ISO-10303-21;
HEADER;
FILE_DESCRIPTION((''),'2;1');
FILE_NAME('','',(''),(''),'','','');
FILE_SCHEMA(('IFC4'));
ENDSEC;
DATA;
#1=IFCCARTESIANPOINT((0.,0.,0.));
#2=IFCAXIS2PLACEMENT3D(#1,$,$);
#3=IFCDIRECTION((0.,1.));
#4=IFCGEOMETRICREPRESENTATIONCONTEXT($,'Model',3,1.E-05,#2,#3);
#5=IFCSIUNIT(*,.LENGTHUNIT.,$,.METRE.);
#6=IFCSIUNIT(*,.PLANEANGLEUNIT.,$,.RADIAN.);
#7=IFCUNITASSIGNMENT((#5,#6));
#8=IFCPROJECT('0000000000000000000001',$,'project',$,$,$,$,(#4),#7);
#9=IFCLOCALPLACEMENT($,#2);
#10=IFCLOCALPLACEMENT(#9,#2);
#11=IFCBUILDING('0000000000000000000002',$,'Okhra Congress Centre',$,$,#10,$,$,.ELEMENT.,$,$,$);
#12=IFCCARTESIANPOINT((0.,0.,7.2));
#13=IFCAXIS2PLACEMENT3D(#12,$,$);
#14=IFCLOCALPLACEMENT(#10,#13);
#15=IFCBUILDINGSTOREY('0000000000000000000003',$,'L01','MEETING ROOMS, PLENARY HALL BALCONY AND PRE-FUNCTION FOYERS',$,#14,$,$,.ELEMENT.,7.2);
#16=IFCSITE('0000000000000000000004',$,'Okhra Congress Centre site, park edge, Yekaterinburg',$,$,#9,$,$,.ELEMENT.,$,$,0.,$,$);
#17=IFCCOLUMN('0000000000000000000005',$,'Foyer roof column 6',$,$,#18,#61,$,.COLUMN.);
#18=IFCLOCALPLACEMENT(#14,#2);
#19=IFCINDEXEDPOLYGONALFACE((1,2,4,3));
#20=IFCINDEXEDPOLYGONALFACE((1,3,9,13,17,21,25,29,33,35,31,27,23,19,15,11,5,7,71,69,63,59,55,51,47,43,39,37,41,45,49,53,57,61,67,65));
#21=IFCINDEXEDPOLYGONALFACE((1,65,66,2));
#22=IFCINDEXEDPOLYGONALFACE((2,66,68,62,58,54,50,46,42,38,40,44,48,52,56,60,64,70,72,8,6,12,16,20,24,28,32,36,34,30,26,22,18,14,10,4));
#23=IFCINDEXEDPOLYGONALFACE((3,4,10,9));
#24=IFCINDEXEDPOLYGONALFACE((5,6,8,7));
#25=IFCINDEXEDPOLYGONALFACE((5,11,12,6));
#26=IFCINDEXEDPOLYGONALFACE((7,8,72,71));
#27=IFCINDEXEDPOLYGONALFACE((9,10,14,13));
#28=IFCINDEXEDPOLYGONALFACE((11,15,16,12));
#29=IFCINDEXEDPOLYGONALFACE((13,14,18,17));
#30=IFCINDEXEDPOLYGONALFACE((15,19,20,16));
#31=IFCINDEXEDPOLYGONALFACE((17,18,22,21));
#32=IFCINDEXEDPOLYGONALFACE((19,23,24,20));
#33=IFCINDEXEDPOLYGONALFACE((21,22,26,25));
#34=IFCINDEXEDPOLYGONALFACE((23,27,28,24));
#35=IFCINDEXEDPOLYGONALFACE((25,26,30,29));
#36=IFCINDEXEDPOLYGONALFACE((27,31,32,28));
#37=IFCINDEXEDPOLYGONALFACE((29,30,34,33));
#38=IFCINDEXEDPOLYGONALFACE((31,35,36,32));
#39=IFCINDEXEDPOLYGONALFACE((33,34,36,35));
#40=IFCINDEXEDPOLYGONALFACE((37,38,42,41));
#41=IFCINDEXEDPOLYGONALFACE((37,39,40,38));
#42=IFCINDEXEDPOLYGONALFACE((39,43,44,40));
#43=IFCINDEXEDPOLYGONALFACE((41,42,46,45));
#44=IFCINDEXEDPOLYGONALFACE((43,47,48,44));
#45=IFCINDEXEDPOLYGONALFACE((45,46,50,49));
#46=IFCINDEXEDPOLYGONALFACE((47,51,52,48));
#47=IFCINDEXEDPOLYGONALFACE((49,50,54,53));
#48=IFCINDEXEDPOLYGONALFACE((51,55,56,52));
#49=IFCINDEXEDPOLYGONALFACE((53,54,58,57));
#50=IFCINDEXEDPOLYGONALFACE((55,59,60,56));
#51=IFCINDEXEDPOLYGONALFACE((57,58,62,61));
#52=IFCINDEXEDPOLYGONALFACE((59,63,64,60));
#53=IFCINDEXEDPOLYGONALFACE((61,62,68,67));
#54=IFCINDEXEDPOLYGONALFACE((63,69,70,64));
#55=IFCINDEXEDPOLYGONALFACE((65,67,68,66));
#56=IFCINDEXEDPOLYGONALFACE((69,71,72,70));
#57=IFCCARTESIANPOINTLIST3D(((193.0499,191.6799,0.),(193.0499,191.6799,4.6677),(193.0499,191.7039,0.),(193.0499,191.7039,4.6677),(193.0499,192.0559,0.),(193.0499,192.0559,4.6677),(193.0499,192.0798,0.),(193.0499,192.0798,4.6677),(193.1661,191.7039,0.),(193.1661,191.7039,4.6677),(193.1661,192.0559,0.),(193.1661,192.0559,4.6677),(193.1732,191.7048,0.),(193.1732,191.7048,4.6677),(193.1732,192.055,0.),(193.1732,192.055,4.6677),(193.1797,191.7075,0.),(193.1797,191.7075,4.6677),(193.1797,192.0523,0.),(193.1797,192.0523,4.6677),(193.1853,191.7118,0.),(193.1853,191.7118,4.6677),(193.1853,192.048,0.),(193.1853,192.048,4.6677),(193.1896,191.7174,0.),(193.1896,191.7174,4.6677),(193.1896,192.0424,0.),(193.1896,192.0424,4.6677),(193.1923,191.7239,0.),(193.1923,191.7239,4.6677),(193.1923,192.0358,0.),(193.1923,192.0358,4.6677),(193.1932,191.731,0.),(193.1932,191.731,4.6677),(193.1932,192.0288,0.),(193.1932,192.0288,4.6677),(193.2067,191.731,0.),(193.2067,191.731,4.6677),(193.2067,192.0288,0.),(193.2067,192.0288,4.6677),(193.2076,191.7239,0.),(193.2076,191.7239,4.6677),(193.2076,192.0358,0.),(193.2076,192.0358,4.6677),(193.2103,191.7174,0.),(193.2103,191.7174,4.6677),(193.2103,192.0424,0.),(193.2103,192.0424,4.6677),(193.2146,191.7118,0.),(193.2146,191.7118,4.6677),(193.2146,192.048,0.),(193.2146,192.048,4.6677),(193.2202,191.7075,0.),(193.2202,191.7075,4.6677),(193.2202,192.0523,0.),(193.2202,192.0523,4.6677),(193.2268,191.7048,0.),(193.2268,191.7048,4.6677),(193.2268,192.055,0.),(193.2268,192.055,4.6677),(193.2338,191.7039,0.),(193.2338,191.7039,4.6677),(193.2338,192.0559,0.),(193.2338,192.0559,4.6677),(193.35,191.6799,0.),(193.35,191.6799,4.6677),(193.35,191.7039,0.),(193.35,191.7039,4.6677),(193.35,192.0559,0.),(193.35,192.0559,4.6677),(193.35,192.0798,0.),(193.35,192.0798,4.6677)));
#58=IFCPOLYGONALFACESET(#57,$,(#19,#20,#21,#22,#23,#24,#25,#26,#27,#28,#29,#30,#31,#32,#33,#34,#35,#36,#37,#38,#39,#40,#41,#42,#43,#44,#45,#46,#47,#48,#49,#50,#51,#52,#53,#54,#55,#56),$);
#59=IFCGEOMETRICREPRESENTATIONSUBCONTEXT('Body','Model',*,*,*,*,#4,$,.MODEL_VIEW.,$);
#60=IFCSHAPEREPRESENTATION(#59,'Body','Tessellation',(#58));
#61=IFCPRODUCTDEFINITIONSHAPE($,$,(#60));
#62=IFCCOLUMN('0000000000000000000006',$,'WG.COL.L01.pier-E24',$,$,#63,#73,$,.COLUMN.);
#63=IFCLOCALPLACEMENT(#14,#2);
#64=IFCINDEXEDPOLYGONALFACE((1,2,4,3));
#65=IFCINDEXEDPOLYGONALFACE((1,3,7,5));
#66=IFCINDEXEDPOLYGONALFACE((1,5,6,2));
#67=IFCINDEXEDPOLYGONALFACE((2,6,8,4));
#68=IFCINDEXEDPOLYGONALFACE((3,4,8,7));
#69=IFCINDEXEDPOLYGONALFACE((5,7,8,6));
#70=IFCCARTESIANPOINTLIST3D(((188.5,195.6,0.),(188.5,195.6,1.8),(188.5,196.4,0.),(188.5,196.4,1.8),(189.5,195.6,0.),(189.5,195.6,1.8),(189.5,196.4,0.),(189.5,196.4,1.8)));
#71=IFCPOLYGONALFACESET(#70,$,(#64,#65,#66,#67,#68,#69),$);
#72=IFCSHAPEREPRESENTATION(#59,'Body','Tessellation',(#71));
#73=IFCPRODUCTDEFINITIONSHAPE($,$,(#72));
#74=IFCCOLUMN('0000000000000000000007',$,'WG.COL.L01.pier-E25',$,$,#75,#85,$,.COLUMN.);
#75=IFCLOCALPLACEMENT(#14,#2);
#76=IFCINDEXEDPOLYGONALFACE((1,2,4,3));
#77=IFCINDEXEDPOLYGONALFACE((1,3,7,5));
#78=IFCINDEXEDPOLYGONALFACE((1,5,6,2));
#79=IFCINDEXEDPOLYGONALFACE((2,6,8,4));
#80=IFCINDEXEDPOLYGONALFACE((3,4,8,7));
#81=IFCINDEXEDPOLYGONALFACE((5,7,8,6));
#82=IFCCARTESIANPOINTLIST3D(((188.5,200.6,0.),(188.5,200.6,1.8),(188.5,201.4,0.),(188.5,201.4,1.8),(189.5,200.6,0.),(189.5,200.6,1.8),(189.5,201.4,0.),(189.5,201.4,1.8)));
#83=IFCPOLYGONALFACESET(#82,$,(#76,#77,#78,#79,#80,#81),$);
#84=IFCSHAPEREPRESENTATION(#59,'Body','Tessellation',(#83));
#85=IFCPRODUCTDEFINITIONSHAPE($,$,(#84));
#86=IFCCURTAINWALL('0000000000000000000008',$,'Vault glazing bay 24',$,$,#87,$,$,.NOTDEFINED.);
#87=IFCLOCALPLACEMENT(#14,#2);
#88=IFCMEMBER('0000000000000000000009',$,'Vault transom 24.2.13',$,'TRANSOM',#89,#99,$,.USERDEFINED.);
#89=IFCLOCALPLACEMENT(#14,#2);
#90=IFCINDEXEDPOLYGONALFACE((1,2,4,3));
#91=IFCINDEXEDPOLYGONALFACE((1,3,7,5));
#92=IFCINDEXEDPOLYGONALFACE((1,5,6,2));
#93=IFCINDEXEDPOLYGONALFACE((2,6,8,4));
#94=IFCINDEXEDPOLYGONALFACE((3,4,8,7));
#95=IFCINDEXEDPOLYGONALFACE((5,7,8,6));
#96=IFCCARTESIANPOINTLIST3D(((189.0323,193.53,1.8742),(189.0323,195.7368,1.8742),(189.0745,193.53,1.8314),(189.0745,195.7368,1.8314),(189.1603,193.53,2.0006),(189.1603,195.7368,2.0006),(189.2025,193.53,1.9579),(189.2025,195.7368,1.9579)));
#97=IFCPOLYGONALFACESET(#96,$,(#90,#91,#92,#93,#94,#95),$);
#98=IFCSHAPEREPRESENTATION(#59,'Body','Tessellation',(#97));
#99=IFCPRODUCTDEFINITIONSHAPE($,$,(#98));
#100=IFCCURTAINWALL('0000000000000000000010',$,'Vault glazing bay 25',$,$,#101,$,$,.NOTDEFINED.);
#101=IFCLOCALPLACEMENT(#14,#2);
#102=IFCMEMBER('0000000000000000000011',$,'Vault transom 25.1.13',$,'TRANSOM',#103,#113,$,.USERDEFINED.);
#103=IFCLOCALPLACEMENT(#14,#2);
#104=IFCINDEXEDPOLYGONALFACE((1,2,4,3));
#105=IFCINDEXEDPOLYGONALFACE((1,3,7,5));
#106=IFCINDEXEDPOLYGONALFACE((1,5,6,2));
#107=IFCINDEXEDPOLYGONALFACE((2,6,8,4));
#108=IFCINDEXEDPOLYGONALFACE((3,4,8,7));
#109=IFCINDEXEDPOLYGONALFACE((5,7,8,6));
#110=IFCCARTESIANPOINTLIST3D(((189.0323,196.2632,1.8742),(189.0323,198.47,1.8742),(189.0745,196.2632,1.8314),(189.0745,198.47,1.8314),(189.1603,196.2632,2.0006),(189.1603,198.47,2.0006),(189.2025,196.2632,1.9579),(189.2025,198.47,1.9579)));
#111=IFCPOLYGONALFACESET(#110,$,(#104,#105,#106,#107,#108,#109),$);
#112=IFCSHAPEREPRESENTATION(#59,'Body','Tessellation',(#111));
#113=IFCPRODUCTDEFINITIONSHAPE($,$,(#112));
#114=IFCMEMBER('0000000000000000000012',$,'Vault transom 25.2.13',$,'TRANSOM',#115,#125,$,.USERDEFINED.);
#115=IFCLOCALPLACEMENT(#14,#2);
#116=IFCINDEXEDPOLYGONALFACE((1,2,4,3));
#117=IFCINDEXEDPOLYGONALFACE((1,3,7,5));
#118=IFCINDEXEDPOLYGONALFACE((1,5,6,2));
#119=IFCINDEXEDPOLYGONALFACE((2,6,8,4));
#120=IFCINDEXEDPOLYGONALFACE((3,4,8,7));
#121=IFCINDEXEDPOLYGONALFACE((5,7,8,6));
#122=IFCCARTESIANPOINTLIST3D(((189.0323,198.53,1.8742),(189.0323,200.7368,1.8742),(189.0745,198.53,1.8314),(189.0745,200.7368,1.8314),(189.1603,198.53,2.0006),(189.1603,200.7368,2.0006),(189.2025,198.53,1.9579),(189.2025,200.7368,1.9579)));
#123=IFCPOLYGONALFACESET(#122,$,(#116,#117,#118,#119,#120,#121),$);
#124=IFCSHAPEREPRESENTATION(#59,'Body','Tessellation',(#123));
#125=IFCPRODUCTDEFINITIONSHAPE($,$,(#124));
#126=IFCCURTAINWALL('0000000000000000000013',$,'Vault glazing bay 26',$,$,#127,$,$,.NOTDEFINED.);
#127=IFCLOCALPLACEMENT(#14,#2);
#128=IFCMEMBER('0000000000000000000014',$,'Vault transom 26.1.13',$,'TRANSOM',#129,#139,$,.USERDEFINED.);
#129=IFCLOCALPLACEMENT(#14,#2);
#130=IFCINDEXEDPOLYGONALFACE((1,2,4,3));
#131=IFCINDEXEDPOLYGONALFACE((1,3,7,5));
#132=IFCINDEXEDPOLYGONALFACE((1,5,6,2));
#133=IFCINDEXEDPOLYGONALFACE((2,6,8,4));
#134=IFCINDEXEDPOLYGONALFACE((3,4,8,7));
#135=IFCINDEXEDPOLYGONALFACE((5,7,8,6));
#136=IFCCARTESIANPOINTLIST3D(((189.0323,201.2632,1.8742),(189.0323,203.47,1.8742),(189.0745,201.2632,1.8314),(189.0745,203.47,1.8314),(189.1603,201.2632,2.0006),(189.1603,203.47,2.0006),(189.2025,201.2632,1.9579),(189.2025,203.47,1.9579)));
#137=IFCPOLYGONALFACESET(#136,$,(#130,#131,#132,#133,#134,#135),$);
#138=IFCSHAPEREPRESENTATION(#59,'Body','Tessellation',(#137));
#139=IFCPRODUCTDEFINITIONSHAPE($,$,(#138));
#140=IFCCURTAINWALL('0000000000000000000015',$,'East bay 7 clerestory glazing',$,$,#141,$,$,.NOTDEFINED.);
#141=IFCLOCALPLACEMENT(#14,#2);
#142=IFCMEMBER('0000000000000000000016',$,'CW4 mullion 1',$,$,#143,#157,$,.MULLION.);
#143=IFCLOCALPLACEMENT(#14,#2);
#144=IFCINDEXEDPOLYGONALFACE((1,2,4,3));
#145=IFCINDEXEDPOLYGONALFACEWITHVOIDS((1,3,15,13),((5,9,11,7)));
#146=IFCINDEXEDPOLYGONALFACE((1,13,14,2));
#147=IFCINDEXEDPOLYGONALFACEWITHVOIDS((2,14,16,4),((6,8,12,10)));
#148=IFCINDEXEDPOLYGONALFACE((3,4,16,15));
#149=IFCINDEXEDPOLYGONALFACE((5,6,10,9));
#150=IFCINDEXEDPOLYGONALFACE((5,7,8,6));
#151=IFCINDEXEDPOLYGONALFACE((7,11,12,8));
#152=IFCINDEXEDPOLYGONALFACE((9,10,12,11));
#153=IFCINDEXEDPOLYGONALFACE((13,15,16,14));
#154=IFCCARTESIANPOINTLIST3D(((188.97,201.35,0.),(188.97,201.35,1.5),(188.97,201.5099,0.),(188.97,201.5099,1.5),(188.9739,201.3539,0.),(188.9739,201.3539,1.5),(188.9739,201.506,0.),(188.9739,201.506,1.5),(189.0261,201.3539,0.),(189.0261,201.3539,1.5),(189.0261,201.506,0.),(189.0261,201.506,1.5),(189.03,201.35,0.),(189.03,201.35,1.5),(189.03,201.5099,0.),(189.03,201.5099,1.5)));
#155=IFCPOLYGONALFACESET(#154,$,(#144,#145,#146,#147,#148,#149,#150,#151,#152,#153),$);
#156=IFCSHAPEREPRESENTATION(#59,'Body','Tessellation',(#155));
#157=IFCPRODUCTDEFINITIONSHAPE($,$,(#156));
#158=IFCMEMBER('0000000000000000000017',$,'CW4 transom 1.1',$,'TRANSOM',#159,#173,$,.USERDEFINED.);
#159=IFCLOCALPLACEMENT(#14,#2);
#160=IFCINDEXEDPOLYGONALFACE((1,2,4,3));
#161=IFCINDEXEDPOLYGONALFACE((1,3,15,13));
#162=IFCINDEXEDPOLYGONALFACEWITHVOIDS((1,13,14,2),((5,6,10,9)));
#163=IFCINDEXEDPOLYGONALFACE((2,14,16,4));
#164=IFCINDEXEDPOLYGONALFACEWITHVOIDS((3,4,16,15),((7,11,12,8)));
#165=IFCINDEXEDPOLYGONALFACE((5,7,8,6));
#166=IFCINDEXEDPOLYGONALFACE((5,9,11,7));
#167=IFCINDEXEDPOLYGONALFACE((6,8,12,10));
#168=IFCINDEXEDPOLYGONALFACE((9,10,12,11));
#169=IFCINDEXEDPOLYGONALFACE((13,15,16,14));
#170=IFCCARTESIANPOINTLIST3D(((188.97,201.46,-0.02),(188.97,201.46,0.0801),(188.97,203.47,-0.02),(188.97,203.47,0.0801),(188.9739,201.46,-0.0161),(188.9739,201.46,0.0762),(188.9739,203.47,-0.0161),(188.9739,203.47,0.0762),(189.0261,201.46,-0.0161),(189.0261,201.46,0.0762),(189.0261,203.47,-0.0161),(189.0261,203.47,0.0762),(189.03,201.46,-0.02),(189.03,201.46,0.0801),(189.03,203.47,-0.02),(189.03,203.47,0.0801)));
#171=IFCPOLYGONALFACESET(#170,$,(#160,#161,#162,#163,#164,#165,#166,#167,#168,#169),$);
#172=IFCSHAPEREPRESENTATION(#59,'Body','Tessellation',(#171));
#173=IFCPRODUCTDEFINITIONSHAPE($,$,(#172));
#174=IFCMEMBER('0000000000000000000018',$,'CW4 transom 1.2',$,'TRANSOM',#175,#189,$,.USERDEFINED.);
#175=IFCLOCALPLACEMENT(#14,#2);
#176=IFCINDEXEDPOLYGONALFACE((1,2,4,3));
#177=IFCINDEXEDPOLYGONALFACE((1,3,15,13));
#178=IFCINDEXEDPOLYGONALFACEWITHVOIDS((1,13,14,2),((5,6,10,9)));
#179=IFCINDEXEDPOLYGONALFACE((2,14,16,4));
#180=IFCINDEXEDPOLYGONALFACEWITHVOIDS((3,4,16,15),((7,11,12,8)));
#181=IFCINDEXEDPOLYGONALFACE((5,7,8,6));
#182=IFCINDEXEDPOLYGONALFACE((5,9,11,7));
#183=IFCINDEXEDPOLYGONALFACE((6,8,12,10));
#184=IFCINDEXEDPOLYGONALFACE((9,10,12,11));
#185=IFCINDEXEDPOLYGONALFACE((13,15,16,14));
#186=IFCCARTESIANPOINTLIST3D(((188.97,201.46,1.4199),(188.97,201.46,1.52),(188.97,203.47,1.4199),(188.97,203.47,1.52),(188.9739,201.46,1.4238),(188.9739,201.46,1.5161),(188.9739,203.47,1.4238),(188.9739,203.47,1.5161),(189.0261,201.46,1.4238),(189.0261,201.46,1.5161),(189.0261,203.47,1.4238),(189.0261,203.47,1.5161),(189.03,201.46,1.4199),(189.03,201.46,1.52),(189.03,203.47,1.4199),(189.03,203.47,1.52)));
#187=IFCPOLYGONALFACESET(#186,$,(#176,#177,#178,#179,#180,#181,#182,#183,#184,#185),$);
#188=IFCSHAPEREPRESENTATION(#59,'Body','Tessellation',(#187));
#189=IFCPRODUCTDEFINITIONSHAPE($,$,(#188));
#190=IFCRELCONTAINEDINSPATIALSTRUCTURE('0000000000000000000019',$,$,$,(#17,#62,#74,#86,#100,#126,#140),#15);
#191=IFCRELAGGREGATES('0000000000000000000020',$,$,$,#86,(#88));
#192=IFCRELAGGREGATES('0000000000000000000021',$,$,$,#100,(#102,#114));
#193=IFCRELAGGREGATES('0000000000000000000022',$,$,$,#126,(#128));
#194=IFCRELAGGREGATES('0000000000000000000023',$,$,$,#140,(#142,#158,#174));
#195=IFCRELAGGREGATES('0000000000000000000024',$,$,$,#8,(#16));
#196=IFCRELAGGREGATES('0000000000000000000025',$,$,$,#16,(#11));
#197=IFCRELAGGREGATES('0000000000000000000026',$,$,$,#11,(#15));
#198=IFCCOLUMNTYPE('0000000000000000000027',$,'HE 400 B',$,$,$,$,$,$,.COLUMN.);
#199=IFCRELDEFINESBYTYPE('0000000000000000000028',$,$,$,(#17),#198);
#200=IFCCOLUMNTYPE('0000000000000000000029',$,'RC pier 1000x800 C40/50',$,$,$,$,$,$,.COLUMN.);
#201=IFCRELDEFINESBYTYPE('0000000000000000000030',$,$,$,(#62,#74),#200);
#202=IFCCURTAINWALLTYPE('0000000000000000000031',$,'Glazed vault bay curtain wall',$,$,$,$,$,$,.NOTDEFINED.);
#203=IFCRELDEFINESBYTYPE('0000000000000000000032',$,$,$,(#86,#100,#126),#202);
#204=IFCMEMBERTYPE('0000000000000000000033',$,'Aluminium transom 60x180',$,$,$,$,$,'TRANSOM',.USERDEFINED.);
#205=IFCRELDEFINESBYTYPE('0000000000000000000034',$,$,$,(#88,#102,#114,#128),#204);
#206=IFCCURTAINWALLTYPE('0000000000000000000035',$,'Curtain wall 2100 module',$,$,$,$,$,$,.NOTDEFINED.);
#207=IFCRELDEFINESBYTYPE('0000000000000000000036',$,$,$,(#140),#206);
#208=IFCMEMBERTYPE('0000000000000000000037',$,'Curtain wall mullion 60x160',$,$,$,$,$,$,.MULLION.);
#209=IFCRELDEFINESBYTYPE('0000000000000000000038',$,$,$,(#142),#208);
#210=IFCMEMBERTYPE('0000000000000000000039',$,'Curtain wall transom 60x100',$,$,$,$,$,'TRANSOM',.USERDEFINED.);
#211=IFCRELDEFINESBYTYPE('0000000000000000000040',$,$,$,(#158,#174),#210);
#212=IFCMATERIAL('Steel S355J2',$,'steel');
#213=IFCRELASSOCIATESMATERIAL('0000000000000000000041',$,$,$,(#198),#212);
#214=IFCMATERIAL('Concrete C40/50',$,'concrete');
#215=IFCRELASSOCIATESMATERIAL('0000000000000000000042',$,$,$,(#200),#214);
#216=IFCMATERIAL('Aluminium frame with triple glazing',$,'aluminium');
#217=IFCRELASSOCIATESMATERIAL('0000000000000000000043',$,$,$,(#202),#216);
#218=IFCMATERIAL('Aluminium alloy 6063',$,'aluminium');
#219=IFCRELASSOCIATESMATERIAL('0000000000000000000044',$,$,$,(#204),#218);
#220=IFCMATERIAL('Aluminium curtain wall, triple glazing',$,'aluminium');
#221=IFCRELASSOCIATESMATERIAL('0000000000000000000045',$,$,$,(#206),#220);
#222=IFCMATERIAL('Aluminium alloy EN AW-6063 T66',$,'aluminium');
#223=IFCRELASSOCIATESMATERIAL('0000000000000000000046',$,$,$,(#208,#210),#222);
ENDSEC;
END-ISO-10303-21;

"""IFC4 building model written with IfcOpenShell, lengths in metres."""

from ifc_helpers import new_model, si_unit, direction, frame, origin, origin_2d, place, context, subcontext, project, spatial, rectangle, hollow_rectangle, i_section, extrude, material, material_profile, profile_set, type_object, element, aggregate, save


model = new_model("IFC4")

# Units and contexts
model_context = context("Model", 3, precision=1e-05, world=origin(), true_north=direction((0.0, 1.0)))
body_context = subcontext(model_context, "Body", "Model", "MODEL_VIEW")
ifc_project = project(units=[si_unit("LENGTHUNIT", "METRE"), si_unit("PLANEANGLEUNIT", "RADIAN")], contexts=[model_context])

# Site, building, storey
site_placement = place(None, origin())
site = spatial("IfcSite", under=ifc_project, at=site_placement, Name="Okhra Congress Centre site, park edge, Yekaterinburg", CompositionType="ELEMENT", RefElevation=0.0)
building_placement = place(site_placement, origin())
building = spatial("IfcBuilding", under=site, at=building_placement, Name="Okhra Congress Centre", CompositionType="ELEMENT")
storey_placement = place(building_placement, frame((0.0, 0.0, 7.2)))
storey = spatial("IfcBuildingStorey", under=building, at=storey_placement, Name="L01", Description="MEETING ROOMS, PLENARY HALL BALCONY AND PRE-FUNCTION FOYERS", CompositionType="ELEMENT", Elevation=7.2)

# Columns
ifc_material_1 = material(Name="Steel S355J2", Category="steel")
ifc_material_profile_1 = material_profile(ifc_material_1, i_section(OverallWidth=0.3, OverallDepth=0.3999, WebThickness=0.0134, FlangeThickness=0.0239, FilletRadius=0.0271, at=origin_2d()), Name="HE 400 B")
ifc_profile_set_1 = profile_set([ifc_material_profile_1], Name="Steel S355J2")
column_type_1 = type_object("IfcColumnType", Name="HE 400 B", PredefinedType="COLUMN", material=ifc_profile_set_1)
column_placement = place(storey_placement, frame((193.2, 191.8799, 0.0), z_axis=(0.0, 0.0, 1.0), x_axis=(1.0, 0.0, 0.0)))
element("IfcColumn", 1, at=column_placement, inside=storey, type_object=column_type_1, Name="Foyer roof column 6", PredefinedType="COLUMN", context=body_context, shape_type="SweptSolid", body=[
    extrude(i_section(OverallWidth=0.3, OverallDepth=0.3999, WebThickness=0.0134, FlangeThickness=0.0239, FilletRadius=0.0271, at=origin_2d()), origin(), (0.0, 0.0, 1.0), 4.6677),
])
ifc_material_2 = material(Name="Concrete C40/50", Category="concrete")
ifc_material_profile_2 = material_profile(ifc_material_2, rectangle(XDim=1.0, YDim=0.8, at=origin_2d()), Name="RC 1000x800")
ifc_profile_set_2 = profile_set([ifc_material_profile_2], Name="Concrete C40/50")
column_type_2 = type_object("IfcColumnType", Name="RC pier 1000x800 C40/50", PredefinedType="COLUMN", material=ifc_profile_set_2)
for number, where, z_axis, x_axis, name in (
    (2, (189.0, 196.0, 0.0), (0.0, 0.0, 1.0), (1.0, 0.0, 0.0), "WG.COL.L01.pier-E24"),
    (3, (189.0, 201.0, 0.0), (0.0, 0.0, 1.0), (1.0, 0.0, 0.0), "WG.COL.L01.pier-E25"),
):
    element("IfcColumn", number, at=place(storey_placement, frame(where, z_axis=z_axis, x_axis=x_axis)), inside=storey, type_object=column_type_2, Name=name, PredefinedType="COLUMN", context=body_context, shape_type="SweptSolid", body=[
        extrude(rectangle(XDim=1.0, YDim=0.8, at=origin_2d()), origin(), (0.0, 0.0, 1.0), 1.8),
    ])

# Curtain wall, member
ifc_material_3 = material(Name="Aluminium frame with triple glazing", Category="aluminium")
curtain_wall_type_1 = type_object("IfcCurtainWallType", Name="Glazed vault bay curtain wall", PredefinedType="NOTDEFINED", material=ifc_material_3)
curtain_wall_1_placement = place(storey_placement, origin())
curtain_wall_1 = element("IfcCurtainWall", 4, at=curtain_wall_1_placement, inside=storey, type_object=curtain_wall_type_1, Name="Vault glazing bay 24", PredefinedType="NOTDEFINED")
ifc_material_4 = material(Name="Aluminium alloy 6063", Category="aluminium")
ifc_material_profile_3 = material_profile(ifc_material_4, rectangle(XDim=0.0601, YDim=0.1799, at=origin_2d()), Name="AL 60x180 transom")
ifc_profile_set_3 = profile_set([ifc_material_profile_3], Name="Aluminium alloy 6063")
member_type_1 = type_object("IfcMemberType", Name="Aluminium transom 60x180", ElementType="TRANSOM", PredefinedType="USERDEFINED", material=ifc_profile_set_3)
member_1_placement = place(storey_placement, frame((189.1174, 193.53, 1.916), z_axis=(0.0, 1.0, 0.0), x_axis=(-0.702636, 0.0, 0.711549)))
member_1 = element("IfcMember", 5, at=member_1_placement, type_object=member_type_1, Name="Vault transom 24.2.13", ObjectType="TRANSOM", PredefinedType="USERDEFINED", context=body_context, shape_type="SweptSolid", body=[
    extrude(rectangle(XDim=0.0601, YDim=0.1799, at=origin_2d()), origin(), (0.0, 0.0, 1.0), 2.2068),
])
aggregate(curtain_wall_1, [member_1])

# Curtain wall, members
curtain_wall_2_placement = place(storey_placement, origin())
curtain_wall_2 = element("IfcCurtainWall", 6, at=curtain_wall_2_placement, inside=storey, type_object=curtain_wall_type_1, Name="Vault glazing bay 25", PredefinedType="NOTDEFINED")
member_2_placement = place(storey_placement, frame((189.1174, 196.2632, 1.916), z_axis=(0.0, 1.0, 0.0), x_axis=(-0.702636, 0.0, 0.711549)))
member_2 = element("IfcMember", 7, at=member_2_placement, type_object=member_type_1, Name="Vault transom 25.1.13", ObjectType="TRANSOM", PredefinedType="USERDEFINED", context=body_context, shape_type="SweptSolid", body=[
    extrude(rectangle(XDim=0.0601, YDim=0.1799, at=origin_2d()), origin(), (0.0, 0.0, 1.0), 2.2068),
])
member_3_placement = place(storey_placement, frame((189.1174, 198.53, 1.916), z_axis=(0.0, 1.0, 0.0), x_axis=(-0.702636, 0.0, 0.711549)))
member_3 = element("IfcMember", 8, at=member_3_placement, type_object=member_type_1, Name="Vault transom 25.2.13", ObjectType="TRANSOM", PredefinedType="USERDEFINED", context=body_context, shape_type="SweptSolid", body=[
    extrude(rectangle(XDim=0.0601, YDim=0.1799, at=origin_2d()), origin(), (0.0, 0.0, 1.0), 2.2068),
])
aggregate(curtain_wall_2, [member_2, member_3])

# Curtain wall, member
curtain_wall_3_placement = place(storey_placement, origin())
curtain_wall_3 = element("IfcCurtainWall", 9, at=curtain_wall_3_placement, inside=storey, type_object=curtain_wall_type_1, Name="Vault glazing bay 26", PredefinedType="NOTDEFINED")
member_4_placement = place(storey_placement, frame((189.1174, 201.2632, 1.916), z_axis=(0.0, 1.0, 0.0), x_axis=(-0.702636, 0.0, 0.711549)))
member_4 = element("IfcMember", 10, at=member_4_placement, type_object=member_type_1, Name="Vault transom 26.1.13", ObjectType="TRANSOM", PredefinedType="USERDEFINED", context=body_context, shape_type="SweptSolid", body=[
    extrude(rectangle(XDim=0.0601, YDim=0.1799, at=origin_2d()), origin(), (0.0, 0.0, 1.0), 2.2068),
])
aggregate(curtain_wall_3, [member_4])

# Curtain wall, members
ifc_material_5 = material(Name="Aluminium curtain wall, triple glazing", Category="aluminium")
curtain_wall_type_2 = type_object("IfcCurtainWallType", Name="Curtain wall 2100 module", PredefinedType="NOTDEFINED", material=ifc_material_5)
curtain_wall_4_placement = place(storey_placement, origin())
curtain_wall_4 = element("IfcCurtainWall", 11, at=curtain_wall_4_placement, inside=storey, type_object=curtain_wall_type_2, Name="East bay 7 clerestory glazing", PredefinedType="NOTDEFINED")
ifc_material_6 = material(Name="Aluminium alloy EN AW-6063 T66", Category="aluminium")
ifc_material_profile_4 = material_profile(ifc_material_6, hollow_rectangle(XDim=0.0601, YDim=0.1599, WallThickness=0.0039, at=origin_2d()), Name="RHS 60x160x4")
ifc_profile_set_4 = profile_set([ifc_material_profile_4], Name="Aluminium alloy EN AW-6063 T66")
member_type_2 = type_object("IfcMemberType", Name="Curtain wall mullion 60x160", PredefinedType="MULLION", material=ifc_profile_set_4)
member_5_placement = place(storey_placement, frame((189.0, 201.4299, 0.0), z_axis=(0.0, 0.0, 1.0), x_axis=(-1.0, 0.0, 0.0)))
member_5 = element("IfcMember", 12, at=member_5_placement, type_object=member_type_2, Name="CW4 mullion 1", PredefinedType="MULLION", context=body_context, shape_type="SweptSolid", body=[
    extrude(hollow_rectangle(XDim=0.0601, YDim=0.1599, WallThickness=0.0039, at=origin_2d()), origin(), (0.0, 0.0, 1.0), 1.5),
])
ifc_material_profile_5 = material_profile(ifc_material_6, hollow_rectangle(XDim=0.0601, YDim=0.1001, WallThickness=0.0039, at=origin_2d()), Name="RHS 60x100x4")
ifc_profile_set_5 = profile_set([ifc_material_profile_5], Name="Aluminium alloy EN AW-6063 T66")
member_type_3 = type_object("IfcMemberType", Name="Curtain wall transom 60x100", ElementType="TRANSOM", PredefinedType="USERDEFINED", material=ifc_profile_set_5)
member_6_placement = place(storey_placement, frame((189.0, 201.46, 0.03), z_axis=(0.0, 1.0, 0.0), x_axis=(-1.0, 0.0, 0.0)))
member_6 = element("IfcMember", 13, at=member_6_placement, type_object=member_type_3, Name="CW4 transom 1.1", ObjectType="TRANSOM", PredefinedType="USERDEFINED", context=body_context, shape_type="SweptSolid", body=[
    extrude(hollow_rectangle(XDim=0.0601, YDim=0.1001, WallThickness=0.0039, at=origin_2d()), origin(), (0.0, 0.0, 1.0), 2.01),
])
member_7_placement = place(storey_placement, frame((189.0, 201.46, 1.47), z_axis=(0.0, 1.0, 0.0), x_axis=(-1.0, 0.0, 0.0)))
member_7 = element("IfcMember", 14, at=member_7_placement, type_object=member_type_3, Name="CW4 transom 1.2", ObjectType="TRANSOM", PredefinedType="USERDEFINED", context=body_context, shape_type="SweptSolid", body=[
    extrude(hollow_rectangle(XDim=0.0601, YDim=0.1001, WallThickness=0.0039, at=origin_2d()), origin(), (0.0, 0.0, 1.0), 2.01),
])

aggregate(curtain_wall_4, [member_5, member_6, member_7])

save(model, "model.ifc")
